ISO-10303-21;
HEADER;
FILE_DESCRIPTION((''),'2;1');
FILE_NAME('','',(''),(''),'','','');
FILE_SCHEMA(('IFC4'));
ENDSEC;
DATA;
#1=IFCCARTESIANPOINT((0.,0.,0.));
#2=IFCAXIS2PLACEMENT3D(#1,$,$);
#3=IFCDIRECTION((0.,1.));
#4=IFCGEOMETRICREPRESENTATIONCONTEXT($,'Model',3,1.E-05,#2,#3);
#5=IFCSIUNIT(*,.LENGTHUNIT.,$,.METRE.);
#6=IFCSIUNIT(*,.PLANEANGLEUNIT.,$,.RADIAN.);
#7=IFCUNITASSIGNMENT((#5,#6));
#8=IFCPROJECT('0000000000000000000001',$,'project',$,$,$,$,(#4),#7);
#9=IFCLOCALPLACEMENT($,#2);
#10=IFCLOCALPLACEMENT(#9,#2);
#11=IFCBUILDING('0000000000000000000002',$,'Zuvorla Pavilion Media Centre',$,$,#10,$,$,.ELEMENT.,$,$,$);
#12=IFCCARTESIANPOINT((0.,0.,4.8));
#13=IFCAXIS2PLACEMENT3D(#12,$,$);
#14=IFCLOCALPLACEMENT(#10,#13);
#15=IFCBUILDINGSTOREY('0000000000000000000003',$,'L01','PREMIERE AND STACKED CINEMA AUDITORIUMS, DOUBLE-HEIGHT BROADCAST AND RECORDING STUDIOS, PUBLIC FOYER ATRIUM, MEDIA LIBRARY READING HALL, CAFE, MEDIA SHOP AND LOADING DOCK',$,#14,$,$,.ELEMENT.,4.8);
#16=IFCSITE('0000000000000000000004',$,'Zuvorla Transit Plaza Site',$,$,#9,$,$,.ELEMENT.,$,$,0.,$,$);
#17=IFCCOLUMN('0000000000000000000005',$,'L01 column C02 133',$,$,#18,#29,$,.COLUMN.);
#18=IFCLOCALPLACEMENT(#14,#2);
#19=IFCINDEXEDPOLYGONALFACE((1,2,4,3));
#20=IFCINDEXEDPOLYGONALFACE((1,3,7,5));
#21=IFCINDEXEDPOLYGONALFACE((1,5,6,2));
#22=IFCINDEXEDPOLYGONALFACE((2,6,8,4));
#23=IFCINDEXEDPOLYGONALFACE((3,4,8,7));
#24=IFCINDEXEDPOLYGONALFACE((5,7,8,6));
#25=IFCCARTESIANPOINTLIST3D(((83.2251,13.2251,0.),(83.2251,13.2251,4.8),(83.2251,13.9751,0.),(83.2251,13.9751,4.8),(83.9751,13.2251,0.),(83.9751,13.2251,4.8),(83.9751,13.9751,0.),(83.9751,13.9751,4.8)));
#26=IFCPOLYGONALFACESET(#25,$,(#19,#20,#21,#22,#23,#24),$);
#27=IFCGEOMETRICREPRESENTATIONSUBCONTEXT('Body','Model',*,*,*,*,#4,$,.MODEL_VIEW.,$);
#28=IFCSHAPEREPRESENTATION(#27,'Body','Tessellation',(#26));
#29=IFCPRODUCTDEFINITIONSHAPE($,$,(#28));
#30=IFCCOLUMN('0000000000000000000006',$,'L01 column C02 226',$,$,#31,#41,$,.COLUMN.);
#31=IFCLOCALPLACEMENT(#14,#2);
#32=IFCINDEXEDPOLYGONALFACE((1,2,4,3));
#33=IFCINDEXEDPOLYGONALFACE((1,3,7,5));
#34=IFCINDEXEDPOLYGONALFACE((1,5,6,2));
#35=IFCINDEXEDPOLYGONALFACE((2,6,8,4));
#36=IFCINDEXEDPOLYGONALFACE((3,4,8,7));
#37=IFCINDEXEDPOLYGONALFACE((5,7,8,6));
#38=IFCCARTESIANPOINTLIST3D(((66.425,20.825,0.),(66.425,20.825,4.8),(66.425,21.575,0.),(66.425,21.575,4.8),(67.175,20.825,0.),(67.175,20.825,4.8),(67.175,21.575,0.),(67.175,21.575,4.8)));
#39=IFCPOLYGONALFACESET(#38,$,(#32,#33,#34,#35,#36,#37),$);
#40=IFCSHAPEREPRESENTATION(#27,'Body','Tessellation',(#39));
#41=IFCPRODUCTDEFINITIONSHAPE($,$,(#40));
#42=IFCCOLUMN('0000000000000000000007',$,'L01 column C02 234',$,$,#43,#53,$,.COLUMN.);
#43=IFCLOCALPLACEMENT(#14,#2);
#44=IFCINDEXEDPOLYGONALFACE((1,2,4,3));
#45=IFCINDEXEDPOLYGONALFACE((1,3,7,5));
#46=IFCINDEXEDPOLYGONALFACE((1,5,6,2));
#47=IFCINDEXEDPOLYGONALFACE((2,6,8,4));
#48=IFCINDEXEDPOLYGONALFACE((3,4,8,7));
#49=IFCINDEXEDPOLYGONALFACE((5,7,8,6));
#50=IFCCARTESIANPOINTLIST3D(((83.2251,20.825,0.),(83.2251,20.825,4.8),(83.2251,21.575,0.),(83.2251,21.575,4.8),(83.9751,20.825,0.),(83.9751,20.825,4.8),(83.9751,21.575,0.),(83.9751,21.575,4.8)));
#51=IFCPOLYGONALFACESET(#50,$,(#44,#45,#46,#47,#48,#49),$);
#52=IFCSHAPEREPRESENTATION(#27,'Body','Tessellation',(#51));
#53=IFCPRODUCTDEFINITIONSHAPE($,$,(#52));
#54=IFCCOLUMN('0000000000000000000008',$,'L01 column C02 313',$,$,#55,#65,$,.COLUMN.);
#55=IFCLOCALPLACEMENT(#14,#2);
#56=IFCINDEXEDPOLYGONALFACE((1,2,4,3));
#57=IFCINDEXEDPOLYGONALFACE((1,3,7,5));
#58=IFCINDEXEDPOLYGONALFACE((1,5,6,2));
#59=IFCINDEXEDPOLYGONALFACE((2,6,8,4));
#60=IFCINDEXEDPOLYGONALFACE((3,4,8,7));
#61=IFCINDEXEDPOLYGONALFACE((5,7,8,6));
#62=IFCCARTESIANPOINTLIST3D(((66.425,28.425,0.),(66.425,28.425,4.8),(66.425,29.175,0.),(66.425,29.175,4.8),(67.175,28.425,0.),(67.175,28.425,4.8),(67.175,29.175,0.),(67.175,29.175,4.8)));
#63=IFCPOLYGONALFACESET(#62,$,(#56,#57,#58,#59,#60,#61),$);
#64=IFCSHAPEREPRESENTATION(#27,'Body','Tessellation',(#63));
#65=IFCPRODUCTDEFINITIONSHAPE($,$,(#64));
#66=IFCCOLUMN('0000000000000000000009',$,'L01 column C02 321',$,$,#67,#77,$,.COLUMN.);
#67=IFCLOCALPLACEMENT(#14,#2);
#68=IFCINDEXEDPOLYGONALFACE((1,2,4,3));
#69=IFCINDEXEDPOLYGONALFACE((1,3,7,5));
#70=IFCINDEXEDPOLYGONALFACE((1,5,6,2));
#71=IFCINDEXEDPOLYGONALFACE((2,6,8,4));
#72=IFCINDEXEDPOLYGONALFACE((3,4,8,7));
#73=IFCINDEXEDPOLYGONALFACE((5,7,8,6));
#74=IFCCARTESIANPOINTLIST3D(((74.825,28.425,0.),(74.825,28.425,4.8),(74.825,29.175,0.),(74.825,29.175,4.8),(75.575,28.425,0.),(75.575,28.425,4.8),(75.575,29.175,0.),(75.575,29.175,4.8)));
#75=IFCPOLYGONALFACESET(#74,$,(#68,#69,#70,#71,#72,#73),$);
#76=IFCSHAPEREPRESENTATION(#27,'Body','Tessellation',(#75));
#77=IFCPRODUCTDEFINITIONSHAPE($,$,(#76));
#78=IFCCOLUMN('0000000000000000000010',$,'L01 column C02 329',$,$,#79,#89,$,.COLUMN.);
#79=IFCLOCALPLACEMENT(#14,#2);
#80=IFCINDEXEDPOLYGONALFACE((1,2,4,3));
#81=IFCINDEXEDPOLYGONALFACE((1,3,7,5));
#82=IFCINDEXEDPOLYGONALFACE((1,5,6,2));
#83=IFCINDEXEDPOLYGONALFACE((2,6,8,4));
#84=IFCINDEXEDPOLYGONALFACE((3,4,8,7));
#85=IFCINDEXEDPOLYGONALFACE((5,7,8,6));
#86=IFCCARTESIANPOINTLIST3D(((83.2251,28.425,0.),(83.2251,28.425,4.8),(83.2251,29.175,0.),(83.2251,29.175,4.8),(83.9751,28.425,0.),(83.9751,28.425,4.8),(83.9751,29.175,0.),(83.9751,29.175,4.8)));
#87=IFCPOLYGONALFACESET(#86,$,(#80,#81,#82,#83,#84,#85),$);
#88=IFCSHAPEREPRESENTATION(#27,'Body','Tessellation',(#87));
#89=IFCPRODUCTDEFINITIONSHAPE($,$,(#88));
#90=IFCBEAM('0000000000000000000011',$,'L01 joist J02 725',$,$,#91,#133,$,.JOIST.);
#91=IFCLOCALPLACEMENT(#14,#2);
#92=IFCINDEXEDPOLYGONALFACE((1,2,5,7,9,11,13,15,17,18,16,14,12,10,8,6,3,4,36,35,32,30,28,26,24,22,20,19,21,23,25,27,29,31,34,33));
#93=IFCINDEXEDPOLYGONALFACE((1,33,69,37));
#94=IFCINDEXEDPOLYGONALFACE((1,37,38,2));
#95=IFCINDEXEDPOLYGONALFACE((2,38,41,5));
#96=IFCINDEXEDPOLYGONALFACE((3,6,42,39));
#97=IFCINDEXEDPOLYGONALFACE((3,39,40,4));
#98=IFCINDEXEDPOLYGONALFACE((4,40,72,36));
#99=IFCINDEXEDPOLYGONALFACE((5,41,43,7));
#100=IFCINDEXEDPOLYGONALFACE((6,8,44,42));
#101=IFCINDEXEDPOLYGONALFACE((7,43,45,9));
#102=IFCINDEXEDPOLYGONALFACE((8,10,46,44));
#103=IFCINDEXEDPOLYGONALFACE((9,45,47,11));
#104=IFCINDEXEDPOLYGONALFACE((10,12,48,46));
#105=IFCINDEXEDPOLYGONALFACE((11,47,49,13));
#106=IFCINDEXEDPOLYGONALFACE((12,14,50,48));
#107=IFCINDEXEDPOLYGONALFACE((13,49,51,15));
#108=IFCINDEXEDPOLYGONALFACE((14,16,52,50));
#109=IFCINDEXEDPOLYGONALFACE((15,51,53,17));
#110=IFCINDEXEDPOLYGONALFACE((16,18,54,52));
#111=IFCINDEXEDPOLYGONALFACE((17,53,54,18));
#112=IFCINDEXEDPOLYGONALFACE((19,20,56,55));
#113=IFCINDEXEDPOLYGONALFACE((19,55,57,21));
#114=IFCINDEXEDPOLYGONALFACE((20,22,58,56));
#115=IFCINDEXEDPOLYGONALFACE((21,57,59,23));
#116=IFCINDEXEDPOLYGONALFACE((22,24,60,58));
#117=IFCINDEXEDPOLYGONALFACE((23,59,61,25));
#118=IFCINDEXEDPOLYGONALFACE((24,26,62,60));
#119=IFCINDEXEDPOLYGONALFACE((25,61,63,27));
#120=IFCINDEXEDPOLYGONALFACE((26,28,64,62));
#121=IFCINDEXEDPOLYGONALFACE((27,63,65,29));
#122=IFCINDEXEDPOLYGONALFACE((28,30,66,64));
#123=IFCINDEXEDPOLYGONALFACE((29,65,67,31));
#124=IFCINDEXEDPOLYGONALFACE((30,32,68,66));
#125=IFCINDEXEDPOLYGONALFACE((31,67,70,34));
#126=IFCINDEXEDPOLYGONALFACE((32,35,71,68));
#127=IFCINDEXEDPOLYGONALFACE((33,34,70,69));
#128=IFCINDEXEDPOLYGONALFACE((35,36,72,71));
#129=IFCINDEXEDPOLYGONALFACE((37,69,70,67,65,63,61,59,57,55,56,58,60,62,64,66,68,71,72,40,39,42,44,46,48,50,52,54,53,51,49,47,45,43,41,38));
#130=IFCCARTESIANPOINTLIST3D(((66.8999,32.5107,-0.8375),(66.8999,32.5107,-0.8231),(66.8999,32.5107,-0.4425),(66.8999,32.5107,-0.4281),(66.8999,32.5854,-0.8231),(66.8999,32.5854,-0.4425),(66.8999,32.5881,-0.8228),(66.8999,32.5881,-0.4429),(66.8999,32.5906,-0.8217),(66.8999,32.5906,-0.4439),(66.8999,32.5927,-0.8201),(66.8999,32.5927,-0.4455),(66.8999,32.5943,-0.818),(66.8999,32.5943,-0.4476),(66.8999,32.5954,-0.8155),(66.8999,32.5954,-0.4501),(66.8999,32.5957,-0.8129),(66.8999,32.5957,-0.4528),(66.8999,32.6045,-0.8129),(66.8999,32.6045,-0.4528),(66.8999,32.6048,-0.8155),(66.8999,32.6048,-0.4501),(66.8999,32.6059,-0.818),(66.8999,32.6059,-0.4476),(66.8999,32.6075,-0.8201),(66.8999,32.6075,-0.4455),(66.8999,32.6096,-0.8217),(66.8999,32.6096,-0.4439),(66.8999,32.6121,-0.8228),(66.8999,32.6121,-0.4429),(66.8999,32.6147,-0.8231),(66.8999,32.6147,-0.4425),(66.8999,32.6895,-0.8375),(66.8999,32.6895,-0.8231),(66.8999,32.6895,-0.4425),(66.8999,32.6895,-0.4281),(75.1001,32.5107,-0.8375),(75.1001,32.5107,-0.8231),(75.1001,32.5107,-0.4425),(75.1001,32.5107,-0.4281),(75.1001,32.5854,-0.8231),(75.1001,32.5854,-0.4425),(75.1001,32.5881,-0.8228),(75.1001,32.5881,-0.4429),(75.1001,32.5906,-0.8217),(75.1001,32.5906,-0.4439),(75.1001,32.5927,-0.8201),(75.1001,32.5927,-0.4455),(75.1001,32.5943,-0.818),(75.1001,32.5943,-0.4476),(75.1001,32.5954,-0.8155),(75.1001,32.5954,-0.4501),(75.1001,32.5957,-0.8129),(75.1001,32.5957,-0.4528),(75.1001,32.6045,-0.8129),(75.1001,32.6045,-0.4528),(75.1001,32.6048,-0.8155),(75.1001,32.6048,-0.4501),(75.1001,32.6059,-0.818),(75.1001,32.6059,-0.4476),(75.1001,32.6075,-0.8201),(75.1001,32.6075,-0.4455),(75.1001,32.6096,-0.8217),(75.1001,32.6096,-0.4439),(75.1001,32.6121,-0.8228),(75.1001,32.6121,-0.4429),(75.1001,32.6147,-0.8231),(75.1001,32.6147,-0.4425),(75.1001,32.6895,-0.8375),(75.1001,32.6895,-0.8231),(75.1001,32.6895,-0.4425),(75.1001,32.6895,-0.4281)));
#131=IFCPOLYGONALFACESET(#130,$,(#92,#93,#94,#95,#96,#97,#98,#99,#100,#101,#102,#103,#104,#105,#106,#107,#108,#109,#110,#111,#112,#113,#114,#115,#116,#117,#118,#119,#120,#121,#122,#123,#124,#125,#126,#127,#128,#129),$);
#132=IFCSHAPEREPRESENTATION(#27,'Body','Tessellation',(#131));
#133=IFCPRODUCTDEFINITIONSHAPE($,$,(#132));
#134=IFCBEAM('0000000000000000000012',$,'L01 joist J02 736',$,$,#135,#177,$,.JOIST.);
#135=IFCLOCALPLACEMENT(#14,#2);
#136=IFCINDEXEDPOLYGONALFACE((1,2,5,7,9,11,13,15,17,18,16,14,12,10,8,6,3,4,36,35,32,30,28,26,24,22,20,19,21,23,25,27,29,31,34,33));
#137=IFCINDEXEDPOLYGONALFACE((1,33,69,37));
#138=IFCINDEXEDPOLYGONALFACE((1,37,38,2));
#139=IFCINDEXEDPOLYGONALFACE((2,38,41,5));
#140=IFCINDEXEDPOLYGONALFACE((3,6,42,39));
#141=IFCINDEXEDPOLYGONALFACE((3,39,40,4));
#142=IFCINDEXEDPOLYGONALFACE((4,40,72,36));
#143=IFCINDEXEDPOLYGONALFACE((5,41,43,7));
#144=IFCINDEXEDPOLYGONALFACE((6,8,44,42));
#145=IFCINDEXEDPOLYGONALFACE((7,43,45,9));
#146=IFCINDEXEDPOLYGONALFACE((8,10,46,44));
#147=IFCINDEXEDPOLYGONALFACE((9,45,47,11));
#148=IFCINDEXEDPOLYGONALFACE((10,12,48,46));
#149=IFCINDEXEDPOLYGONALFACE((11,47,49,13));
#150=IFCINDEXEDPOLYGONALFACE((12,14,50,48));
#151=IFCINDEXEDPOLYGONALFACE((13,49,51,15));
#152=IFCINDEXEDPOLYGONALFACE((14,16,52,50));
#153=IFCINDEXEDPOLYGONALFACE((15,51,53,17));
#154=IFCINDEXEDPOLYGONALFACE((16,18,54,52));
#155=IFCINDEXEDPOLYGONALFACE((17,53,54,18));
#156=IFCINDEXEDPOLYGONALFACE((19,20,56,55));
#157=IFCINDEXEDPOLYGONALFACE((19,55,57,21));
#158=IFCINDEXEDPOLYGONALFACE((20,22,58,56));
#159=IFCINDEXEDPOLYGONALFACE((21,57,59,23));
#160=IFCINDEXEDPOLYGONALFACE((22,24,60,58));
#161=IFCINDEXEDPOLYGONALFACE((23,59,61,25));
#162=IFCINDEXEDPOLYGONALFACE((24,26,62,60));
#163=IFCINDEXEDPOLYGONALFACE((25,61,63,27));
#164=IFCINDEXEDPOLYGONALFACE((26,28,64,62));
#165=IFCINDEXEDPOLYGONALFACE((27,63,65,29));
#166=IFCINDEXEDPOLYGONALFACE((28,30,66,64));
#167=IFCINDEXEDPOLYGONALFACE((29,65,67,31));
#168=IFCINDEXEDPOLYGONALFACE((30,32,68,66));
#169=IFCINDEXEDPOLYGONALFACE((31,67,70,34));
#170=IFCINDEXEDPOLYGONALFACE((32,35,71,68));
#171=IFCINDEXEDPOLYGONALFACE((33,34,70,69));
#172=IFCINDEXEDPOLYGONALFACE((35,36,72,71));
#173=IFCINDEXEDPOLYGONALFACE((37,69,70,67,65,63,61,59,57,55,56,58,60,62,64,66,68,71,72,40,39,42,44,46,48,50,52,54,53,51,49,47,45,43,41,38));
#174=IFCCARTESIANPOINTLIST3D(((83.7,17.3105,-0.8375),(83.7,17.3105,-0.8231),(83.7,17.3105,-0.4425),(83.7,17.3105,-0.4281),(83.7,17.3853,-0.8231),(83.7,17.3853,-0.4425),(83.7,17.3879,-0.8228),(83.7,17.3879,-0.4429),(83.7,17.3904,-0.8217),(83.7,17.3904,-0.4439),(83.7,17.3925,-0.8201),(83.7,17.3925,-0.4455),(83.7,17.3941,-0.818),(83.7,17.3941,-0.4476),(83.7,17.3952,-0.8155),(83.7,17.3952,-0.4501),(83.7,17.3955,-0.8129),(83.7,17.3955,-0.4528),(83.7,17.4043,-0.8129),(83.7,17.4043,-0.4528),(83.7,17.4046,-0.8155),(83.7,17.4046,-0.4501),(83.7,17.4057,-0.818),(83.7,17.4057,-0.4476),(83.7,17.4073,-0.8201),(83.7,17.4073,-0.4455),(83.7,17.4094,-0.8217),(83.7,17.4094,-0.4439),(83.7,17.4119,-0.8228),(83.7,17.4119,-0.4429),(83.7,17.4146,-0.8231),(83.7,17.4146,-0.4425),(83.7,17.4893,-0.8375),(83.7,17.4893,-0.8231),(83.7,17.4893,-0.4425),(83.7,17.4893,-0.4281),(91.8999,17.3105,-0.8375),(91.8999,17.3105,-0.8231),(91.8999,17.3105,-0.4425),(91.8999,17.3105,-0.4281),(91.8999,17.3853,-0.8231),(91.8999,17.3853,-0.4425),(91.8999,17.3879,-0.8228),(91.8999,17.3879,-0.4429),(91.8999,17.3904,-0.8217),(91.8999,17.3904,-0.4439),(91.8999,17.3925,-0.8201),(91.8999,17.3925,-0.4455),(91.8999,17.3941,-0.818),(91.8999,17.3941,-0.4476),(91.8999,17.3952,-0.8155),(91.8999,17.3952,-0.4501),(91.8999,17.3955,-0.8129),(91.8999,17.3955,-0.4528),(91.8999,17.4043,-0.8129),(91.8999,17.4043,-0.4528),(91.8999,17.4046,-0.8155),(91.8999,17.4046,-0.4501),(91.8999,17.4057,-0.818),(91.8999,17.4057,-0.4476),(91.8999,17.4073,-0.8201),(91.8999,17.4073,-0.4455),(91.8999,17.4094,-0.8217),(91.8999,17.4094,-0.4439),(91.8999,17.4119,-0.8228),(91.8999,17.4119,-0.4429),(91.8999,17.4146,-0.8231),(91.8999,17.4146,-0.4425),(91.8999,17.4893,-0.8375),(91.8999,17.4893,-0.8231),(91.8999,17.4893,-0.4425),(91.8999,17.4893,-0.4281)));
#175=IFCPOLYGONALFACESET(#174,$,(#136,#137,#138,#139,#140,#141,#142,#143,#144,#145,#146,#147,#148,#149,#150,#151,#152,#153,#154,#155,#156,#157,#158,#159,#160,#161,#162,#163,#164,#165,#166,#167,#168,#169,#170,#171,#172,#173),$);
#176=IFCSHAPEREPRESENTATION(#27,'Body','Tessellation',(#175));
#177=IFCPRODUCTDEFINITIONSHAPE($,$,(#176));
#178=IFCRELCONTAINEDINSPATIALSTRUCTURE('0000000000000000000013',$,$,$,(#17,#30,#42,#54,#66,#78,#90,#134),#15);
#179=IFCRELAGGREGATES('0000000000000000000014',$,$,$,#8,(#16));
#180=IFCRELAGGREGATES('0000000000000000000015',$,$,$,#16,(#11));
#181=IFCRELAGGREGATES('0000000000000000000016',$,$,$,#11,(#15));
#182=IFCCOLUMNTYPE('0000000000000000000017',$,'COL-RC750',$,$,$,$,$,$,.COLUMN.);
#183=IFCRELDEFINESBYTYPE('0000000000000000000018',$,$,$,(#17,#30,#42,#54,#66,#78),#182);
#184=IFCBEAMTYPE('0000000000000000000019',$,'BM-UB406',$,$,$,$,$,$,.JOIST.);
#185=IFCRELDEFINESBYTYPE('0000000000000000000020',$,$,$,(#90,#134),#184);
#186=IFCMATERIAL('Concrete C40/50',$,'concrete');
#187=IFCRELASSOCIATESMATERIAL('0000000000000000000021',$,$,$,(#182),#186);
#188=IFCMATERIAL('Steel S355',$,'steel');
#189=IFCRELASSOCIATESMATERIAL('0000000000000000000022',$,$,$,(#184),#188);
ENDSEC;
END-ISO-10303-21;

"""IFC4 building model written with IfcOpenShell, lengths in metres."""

from ifc_helpers import new_model, si_unit, direction, frame, origin, origin_2d, place, context, subcontext, project, spatial, rectangle, i_section, extrude, material, material_profile, profile_set, type_object, element, save


model = new_model("IFC4")

# Units and contexts
model_context = context("Model", 3, precision=1e-05, world=origin(), true_north=direction((0.0, 1.0)))
body_context = subcontext(model_context, "Body", "Model", "MODEL_VIEW")
ifc_project = project(units=[si_unit("LENGTHUNIT", "METRE"), si_unit("PLANEANGLEUNIT", "RADIAN")], contexts=[model_context])

# Site, building, storey
site_placement = place(None, origin())
site = spatial("IfcSite", under=ifc_project, at=site_placement, Name="Zuvorla Transit Plaza Site", CompositionType="ELEMENT", RefElevation=0.0)
building_placement = place(site_placement, origin())
building = spatial("IfcBuilding", under=site, at=building_placement, Name="Zuvorla Pavilion Media Centre", CompositionType="ELEMENT")
storey_placement = place(building_placement, frame((0.0, 0.0, 4.8)))
storey = spatial("IfcBuildingStorey", under=building, at=storey_placement, Name="L01", Description="PREMIERE AND STACKED CINEMA AUDITORIUMS, DOUBLE-HEIGHT BROADCAST AND RECORDING STUDIOS, PUBLIC FOYER ATRIUM, MEDIA LIBRARY READING HALL, CAFE, MEDIA SHOP AND LOADING DOCK", CompositionType="ELEMENT", Elevation=4.8)

# Columns
ifc_material_1 = material(Name="Concrete C40/50", Category="concrete")
ifc_material_profile_1 = material_profile(ifc_material_1, rectangle(XDim=0.75, YDim=0.75, at=origin_2d()), Name="RC 750x750")
ifc_profile_set_1 = profile_set([ifc_material_profile_1], Name="Concrete C40/50")
column_type = type_object("IfcColumnType", Name="COL-RC750", PredefinedType="COLUMN", material=ifc_profile_set_1)
for number, where, z_axis, x_axis, name in (
    (1, (83.6001, 13.6001, 0.0), (0.0, 0.0, 1.0), (1.0, 0.0, 0.0), "L01 column C02 133"),
    (2, (66.8, 21.2, 0.0), (0.0, 0.0, 1.0), (1.0, 0.0, 0.0), "L01 column C02 226"),
    (3, (83.6001, 21.2, 0.0), (0.0, 0.0, 1.0), (1.0, 0.0, 0.0), "L01 column C02 234"),
    (4, (66.8, 28.8, 0.0), (0.0, 0.0, 1.0), (1.0, 0.0, 0.0), "L01 column C02 313"),
    (5, (75.2, 28.8, 0.0), (0.0, 0.0, 1.0), (1.0, 0.0, 0.0), "L01 column C02 321"),
    (6, (83.6001, 28.8, 0.0), (0.0, 0.0, 1.0), (1.0, 0.0, 0.0), "L01 column C02 329"),
):
    element("IfcColumn", number, at=place(storey_placement, frame(where, z_axis=z_axis, x_axis=x_axis)), inside=storey, type_object=column_type, Name=name, PredefinedType="COLUMN", context=body_context, shape_type="SweptSolid", body=[
        extrude(rectangle(XDim=0.75, YDim=0.75, at=origin_2d()), origin(), (0.0, 0.0, 1.0), 4.8),
    ])

# Beams
ifc_material_2 = material(Name="Steel S355", Category="steel")
ifc_material_profile_2 = material_profile(ifc_material_2, i_section(OverallWidth=0.1787, OverallDepth=0.4094, WebThickness=0.0088, FlangeThickness=0.0144, FilletRadius=0.0103, at=origin_2d()), Name="UB 406x178x67")
ifc_profile_set_2 = profile_set([ifc_material_profile_2], Name="Steel S355")
beam_type_1 = type_object("IfcBeamType", Name="BM-UB406", PredefinedType="JOIST", material=ifc_profile_set_2)
beam_1_placement = place(storey_placement, frame((66.8999, 32.6001, -0.6328), z_axis=(1.0, 0.0, 0.0), x_axis=(0.0, 1.0, 0.0)))
element("IfcBeam", 7, at=beam_1_placement, inside=storey, type_object=beam_type_1, Name="L01 joist J02 725", PredefinedType="JOIST", context=body_context, shape_type="SweptSolid", body=[
    extrude(i_section(OverallWidth=0.1787, OverallDepth=0.4094, WebThickness=0.0088, FlangeThickness=0.0144, FilletRadius=0.0103, at=origin_2d()), origin(), (0.0, 0.0, 1.0), 8.2002),
])
beam_2_placement = place(storey_placement, frame((83.7, 17.3999, -0.6328), z_axis=(1.0, 0.0, 0.0), x_axis=(0.0, 1.0, 0.0)))
element("IfcBeam", 8, at=beam_2_placement, inside=storey, type_object=beam_type_1, Name="L01 joist J02 736", PredefinedType="JOIST", context=body_context, shape_type="SweptSolid", body=[
    extrude(i_section(OverallWidth=0.1787, OverallDepth=0.4094, WebThickness=0.0088, FlangeThickness=0.0144, FilletRadius=0.0103, at=origin_2d()), origin(), (0.0, 0.0, 1.0), 8.2),
])

save(model, "model.ifc")
